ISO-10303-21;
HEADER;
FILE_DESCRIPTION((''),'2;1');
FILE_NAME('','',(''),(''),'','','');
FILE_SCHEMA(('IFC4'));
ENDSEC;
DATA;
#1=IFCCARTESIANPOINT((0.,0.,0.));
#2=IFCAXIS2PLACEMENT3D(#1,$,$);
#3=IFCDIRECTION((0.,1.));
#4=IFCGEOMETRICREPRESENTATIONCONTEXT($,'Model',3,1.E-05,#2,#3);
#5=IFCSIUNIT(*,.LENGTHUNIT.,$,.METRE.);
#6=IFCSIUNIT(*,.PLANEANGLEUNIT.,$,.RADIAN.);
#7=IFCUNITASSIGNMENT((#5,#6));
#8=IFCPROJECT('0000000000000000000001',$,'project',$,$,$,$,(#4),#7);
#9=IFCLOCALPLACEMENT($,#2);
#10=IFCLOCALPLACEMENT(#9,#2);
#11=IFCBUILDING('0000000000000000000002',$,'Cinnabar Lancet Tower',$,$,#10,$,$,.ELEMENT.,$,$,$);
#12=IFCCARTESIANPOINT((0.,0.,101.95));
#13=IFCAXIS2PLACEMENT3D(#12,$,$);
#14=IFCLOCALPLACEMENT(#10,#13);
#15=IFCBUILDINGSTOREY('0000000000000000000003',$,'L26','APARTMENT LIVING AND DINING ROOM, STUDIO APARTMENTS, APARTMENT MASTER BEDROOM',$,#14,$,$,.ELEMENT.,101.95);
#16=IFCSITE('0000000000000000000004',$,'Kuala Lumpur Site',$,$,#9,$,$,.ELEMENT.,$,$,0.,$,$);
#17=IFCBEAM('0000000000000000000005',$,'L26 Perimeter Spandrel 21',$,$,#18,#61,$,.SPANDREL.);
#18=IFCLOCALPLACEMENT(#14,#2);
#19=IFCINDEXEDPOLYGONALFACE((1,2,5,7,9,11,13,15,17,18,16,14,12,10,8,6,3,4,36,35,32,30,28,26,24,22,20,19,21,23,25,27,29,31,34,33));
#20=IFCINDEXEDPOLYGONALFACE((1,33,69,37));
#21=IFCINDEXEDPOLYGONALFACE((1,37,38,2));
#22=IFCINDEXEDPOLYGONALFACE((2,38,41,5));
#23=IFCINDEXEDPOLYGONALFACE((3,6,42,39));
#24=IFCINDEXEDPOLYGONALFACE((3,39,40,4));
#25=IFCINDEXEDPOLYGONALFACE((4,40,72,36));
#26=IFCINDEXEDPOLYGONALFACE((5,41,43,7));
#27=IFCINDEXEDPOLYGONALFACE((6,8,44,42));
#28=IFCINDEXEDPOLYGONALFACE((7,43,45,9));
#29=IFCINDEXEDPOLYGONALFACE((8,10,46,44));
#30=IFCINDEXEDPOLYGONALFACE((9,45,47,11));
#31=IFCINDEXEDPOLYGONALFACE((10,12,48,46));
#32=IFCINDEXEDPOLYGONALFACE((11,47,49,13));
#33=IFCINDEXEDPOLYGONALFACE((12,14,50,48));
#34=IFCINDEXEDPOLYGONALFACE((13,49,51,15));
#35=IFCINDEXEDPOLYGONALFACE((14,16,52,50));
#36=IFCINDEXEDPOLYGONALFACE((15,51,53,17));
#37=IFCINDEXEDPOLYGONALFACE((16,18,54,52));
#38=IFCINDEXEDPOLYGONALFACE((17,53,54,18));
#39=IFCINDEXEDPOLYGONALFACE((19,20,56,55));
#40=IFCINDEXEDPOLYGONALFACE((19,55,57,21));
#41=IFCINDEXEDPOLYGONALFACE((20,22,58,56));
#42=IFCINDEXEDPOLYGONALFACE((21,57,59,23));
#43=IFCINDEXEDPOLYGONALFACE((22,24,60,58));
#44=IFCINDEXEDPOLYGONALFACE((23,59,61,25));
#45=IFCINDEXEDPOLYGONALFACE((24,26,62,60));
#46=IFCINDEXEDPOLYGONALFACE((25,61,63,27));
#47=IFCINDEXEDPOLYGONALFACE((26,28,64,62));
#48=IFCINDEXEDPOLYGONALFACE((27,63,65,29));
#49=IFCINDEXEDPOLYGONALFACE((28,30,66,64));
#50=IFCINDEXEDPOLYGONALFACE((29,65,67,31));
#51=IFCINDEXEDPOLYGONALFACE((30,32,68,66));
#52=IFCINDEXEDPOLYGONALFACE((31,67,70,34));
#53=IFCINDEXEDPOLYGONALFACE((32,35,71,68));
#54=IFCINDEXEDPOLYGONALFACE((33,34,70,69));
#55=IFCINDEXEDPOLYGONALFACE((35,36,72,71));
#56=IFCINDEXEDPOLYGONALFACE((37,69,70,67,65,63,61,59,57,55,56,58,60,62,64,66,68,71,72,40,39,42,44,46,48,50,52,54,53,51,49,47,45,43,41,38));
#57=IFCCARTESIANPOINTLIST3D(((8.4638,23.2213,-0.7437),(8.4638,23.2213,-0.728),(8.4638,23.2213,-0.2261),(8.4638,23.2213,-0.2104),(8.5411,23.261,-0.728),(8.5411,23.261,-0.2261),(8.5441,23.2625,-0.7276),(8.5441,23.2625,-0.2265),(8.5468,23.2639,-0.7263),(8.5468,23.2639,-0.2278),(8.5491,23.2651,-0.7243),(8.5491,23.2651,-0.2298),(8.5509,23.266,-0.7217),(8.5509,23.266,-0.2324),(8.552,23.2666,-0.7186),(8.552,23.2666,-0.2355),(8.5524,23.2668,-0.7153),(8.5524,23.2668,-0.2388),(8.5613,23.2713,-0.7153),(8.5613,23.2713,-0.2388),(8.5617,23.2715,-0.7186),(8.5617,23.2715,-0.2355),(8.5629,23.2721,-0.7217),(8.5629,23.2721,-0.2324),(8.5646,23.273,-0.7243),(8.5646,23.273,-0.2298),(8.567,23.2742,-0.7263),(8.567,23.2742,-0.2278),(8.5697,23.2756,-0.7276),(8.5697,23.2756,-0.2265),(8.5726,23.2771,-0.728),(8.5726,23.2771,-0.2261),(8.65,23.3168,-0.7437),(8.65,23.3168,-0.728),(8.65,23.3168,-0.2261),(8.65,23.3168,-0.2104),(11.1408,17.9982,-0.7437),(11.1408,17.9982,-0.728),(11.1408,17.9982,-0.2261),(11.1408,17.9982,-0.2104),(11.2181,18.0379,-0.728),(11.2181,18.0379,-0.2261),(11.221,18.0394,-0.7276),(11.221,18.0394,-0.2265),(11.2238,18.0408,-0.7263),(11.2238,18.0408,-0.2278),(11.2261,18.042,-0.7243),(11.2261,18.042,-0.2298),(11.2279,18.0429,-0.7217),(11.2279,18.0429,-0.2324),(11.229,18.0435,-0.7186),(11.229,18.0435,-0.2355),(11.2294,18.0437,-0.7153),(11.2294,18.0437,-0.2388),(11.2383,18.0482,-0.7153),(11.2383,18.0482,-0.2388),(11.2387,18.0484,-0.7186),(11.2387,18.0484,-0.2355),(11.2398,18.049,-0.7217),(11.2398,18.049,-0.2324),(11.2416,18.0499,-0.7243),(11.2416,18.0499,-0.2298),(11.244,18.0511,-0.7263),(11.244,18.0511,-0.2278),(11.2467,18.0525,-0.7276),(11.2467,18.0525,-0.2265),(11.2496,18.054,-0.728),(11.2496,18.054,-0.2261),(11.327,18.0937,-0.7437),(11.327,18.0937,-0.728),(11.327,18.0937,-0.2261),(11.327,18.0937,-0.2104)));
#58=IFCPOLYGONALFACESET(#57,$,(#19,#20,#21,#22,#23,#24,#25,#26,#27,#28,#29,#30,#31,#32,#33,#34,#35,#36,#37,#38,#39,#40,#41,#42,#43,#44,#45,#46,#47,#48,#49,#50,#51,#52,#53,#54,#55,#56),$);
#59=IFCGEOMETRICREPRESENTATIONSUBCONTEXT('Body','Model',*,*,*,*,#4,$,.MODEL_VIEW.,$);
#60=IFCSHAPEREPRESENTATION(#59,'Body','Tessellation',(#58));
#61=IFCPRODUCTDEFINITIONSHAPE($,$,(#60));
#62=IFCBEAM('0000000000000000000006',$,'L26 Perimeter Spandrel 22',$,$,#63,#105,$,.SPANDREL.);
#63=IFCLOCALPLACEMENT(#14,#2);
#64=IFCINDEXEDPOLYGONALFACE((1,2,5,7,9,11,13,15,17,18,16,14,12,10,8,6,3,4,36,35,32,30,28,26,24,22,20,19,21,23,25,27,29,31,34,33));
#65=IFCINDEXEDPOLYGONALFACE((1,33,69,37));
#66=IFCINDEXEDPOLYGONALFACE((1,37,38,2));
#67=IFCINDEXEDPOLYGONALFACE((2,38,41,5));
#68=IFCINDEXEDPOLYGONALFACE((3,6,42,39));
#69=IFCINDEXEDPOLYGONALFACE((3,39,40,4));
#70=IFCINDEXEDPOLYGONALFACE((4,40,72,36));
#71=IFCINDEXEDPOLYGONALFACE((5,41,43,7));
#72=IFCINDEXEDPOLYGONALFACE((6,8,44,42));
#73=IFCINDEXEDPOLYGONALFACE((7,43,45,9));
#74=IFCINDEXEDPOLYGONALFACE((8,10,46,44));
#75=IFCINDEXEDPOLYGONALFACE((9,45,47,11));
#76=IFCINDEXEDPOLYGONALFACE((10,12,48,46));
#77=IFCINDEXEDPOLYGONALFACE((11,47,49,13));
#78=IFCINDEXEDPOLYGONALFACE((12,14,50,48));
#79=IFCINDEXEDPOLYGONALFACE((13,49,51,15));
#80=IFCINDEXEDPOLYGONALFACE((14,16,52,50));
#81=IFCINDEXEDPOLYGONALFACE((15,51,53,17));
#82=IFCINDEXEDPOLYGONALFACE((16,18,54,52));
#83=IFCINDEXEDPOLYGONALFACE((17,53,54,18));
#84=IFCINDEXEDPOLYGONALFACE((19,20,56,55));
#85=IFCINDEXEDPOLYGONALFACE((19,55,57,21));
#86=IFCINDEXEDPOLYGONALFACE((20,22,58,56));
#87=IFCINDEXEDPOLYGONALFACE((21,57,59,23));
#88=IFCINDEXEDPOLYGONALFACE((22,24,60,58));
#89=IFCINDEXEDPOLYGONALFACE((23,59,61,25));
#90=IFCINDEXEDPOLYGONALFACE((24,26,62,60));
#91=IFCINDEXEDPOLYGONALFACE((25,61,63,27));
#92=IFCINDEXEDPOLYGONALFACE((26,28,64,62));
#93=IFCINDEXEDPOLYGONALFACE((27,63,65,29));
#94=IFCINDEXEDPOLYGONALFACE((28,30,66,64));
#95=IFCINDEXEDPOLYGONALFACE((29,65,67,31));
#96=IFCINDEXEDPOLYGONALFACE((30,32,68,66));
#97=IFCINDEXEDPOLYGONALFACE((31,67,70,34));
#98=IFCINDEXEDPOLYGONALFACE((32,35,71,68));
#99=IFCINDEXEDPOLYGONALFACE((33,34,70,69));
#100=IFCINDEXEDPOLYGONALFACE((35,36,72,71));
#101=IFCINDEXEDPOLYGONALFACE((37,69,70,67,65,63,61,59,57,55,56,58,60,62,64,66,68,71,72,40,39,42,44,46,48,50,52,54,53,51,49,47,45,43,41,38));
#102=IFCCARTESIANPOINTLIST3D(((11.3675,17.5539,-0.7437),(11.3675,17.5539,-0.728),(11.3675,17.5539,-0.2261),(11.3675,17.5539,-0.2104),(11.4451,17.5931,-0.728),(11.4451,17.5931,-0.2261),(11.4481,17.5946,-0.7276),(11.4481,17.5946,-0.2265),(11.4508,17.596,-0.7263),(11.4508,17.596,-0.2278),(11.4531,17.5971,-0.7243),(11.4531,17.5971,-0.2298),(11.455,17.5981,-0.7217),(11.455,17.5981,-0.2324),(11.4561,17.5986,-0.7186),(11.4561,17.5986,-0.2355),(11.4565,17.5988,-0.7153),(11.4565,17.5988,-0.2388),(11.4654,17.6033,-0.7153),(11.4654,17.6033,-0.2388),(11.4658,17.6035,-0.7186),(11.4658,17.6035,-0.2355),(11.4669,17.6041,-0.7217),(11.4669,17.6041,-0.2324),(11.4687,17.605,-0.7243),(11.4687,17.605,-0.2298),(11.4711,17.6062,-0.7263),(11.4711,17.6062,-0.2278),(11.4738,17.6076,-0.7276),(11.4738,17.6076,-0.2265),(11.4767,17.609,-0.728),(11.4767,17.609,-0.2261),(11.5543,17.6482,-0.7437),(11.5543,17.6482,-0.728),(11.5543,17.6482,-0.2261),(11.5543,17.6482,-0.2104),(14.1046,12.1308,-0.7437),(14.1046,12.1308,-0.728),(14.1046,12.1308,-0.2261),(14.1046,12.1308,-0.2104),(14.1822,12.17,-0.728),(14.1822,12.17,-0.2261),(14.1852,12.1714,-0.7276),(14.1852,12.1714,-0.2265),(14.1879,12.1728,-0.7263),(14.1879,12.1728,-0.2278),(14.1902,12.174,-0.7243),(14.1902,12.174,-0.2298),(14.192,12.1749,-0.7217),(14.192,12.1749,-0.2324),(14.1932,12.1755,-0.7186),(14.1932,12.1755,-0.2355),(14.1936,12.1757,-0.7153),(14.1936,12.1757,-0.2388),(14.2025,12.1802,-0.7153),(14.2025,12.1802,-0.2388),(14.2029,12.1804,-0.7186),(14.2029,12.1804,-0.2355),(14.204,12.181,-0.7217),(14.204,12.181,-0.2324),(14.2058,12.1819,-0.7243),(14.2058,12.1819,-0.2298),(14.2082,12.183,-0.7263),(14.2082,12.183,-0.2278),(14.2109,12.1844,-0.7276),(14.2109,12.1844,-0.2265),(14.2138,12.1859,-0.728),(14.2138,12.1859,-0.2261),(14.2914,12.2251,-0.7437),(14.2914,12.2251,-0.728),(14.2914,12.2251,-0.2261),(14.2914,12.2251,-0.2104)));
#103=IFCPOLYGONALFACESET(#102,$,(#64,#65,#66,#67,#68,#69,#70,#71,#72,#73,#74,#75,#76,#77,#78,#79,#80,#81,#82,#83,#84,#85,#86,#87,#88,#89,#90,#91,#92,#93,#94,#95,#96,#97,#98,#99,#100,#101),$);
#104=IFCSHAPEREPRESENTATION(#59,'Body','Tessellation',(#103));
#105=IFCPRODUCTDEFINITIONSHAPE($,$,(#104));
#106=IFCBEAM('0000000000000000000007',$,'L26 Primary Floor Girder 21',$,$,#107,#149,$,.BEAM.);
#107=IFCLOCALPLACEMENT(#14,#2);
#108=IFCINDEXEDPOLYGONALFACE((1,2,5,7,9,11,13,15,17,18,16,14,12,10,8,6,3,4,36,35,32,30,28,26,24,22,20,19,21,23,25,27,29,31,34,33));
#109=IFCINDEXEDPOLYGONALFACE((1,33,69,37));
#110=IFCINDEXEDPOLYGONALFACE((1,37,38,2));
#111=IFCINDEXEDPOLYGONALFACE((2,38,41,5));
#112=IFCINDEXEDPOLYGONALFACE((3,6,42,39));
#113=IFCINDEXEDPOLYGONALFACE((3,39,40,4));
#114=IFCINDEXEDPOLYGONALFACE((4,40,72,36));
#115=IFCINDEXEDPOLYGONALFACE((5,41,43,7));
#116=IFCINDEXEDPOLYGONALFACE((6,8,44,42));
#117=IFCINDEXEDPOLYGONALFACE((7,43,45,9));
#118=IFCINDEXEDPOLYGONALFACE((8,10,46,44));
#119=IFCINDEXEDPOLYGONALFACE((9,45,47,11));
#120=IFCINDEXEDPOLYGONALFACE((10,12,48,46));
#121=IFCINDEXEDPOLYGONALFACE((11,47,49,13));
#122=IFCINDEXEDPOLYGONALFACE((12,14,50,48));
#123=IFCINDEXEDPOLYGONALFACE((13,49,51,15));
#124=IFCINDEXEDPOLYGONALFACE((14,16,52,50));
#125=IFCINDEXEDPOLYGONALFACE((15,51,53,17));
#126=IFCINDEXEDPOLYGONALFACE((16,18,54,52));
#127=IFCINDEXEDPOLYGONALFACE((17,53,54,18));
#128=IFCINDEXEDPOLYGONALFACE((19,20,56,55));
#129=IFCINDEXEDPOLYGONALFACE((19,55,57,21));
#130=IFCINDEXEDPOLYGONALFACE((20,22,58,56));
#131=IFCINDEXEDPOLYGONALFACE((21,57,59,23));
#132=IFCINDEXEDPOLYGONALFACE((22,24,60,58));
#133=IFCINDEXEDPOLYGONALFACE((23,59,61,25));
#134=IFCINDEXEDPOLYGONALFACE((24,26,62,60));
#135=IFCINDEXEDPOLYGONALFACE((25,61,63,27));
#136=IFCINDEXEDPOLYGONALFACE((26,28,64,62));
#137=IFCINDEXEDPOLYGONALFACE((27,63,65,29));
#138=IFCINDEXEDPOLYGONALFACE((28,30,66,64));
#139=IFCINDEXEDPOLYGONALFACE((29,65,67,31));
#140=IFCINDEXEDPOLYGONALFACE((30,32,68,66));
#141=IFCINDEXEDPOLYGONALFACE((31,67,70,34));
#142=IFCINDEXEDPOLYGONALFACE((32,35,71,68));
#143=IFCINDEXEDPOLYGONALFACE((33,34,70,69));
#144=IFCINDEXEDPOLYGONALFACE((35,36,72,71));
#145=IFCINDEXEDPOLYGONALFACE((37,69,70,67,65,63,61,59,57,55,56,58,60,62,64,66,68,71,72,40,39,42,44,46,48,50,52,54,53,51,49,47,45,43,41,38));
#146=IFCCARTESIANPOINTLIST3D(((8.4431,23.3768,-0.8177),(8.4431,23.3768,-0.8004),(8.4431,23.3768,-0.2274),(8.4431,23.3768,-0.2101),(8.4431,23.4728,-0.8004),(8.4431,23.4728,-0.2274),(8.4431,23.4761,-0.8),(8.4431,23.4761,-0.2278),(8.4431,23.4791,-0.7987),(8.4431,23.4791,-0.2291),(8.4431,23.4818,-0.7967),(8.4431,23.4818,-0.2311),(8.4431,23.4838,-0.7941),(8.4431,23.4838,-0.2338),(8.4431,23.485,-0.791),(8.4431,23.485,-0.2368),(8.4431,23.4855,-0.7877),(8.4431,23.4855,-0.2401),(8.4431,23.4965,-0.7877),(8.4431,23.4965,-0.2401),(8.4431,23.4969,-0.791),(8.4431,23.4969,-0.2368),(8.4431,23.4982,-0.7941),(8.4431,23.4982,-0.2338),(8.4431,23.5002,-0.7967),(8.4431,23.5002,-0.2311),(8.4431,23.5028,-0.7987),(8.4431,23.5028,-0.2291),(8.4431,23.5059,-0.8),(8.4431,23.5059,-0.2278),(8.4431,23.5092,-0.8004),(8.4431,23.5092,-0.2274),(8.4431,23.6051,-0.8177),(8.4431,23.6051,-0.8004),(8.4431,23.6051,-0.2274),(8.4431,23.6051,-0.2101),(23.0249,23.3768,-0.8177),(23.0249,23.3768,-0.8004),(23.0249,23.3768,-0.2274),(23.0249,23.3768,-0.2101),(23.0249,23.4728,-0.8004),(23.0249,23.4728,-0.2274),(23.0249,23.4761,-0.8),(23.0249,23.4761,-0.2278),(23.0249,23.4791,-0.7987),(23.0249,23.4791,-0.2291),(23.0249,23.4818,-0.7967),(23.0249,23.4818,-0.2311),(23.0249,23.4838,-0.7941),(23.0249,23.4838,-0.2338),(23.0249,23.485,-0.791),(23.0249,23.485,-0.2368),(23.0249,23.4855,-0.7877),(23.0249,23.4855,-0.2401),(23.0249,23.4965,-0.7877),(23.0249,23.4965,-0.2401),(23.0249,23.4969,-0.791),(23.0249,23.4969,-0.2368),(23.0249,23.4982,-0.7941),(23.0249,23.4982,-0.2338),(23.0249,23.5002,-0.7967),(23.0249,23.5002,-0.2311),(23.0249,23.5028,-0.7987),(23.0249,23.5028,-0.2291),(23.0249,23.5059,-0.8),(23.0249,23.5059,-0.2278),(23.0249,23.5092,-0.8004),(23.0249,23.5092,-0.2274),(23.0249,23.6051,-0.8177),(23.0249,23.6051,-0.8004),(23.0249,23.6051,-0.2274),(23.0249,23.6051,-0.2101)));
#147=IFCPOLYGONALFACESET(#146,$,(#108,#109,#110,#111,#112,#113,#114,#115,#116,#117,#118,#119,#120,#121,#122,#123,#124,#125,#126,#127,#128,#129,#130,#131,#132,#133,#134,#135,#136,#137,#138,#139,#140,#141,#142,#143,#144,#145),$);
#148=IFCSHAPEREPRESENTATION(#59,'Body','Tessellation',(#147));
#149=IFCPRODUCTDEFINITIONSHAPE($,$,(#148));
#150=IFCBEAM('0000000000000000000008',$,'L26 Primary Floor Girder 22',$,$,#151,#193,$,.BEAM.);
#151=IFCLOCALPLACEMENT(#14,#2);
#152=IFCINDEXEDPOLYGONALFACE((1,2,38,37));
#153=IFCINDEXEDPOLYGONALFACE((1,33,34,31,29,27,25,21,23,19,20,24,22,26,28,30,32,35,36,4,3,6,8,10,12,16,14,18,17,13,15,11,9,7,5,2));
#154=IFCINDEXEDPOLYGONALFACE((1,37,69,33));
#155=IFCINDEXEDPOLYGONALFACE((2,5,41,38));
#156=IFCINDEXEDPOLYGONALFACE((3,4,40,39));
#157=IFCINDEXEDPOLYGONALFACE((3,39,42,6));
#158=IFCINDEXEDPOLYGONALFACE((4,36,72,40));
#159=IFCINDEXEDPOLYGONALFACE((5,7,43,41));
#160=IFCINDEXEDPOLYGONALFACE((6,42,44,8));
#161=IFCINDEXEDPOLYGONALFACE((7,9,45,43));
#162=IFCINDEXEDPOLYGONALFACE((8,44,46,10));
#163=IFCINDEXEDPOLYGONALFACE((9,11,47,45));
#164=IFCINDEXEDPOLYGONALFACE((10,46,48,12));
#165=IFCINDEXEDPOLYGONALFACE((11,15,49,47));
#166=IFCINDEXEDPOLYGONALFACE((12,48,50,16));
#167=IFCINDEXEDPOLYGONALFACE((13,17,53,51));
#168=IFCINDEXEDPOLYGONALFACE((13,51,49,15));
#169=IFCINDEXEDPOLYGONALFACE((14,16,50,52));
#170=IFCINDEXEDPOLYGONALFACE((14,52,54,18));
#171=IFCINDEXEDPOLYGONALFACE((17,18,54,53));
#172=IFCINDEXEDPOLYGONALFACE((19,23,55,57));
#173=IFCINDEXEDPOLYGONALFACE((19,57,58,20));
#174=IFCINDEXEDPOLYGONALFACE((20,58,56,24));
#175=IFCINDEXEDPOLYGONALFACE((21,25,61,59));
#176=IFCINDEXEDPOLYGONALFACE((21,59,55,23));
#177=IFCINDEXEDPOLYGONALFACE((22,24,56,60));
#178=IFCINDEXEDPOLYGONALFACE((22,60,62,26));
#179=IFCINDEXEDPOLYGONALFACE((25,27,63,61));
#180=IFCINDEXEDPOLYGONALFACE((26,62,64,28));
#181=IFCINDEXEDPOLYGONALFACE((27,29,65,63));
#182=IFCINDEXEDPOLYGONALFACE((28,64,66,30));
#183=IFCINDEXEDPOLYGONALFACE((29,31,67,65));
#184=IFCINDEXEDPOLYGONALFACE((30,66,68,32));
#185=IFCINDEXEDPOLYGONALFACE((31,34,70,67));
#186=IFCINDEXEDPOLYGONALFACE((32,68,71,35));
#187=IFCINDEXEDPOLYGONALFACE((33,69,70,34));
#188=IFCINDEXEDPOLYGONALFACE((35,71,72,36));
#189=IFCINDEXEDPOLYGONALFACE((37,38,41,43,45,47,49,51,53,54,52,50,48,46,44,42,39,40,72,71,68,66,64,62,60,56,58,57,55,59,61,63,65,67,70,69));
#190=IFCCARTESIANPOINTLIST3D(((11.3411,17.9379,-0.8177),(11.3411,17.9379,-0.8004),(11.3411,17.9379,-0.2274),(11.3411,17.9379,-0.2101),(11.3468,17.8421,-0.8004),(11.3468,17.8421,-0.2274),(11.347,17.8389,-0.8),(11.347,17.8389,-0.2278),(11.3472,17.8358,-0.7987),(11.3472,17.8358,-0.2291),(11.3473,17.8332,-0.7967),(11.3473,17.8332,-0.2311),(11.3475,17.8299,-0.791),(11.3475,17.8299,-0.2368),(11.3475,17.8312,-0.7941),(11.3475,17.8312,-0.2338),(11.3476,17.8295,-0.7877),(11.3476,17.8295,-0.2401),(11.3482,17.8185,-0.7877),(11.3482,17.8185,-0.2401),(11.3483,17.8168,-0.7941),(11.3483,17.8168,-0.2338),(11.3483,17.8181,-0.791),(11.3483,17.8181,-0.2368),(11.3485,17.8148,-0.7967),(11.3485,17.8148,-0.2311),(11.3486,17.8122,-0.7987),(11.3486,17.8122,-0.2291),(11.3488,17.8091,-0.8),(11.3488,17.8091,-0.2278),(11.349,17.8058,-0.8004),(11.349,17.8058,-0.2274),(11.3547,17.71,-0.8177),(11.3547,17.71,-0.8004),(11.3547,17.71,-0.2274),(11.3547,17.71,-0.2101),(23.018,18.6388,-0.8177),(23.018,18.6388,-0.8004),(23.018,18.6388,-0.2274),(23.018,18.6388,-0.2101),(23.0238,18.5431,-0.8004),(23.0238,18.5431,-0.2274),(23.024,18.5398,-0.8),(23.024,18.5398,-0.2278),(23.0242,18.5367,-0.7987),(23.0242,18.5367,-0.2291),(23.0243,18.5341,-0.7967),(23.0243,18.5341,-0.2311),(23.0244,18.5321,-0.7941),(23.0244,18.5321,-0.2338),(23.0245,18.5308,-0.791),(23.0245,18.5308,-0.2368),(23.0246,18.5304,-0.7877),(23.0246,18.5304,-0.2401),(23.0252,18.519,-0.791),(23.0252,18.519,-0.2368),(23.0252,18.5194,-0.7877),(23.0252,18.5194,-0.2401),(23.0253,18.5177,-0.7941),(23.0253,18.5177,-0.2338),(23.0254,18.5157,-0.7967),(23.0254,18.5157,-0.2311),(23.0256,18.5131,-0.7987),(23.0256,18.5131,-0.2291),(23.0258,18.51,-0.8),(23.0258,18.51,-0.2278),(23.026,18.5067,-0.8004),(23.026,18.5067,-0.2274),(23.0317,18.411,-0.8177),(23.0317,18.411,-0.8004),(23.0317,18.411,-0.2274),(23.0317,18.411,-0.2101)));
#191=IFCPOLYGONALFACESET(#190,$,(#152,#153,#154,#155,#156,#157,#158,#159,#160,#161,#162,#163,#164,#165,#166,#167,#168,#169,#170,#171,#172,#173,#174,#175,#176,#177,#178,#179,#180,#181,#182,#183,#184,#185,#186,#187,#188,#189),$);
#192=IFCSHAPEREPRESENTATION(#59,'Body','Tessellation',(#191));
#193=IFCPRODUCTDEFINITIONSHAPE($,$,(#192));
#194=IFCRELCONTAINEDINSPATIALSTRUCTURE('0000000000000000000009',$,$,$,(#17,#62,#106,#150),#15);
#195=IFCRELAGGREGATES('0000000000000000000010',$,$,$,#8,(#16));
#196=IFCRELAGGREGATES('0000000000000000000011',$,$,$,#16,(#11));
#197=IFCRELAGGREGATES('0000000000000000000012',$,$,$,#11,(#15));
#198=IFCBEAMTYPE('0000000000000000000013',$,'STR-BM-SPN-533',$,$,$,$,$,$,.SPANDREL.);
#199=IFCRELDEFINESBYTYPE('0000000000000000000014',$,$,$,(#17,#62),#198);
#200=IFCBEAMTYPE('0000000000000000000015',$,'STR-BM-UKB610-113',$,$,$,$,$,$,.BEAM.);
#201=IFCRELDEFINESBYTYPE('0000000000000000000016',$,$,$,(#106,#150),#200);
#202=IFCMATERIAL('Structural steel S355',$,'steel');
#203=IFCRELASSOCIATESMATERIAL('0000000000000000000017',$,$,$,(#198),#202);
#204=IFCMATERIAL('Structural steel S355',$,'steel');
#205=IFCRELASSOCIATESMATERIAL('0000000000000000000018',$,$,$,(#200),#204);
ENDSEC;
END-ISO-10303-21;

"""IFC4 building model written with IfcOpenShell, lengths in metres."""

from ifc_helpers import new_model, si_unit, direction, frame, origin, origin_2d, place, context, subcontext, project, spatial, i_section, extrude, material, material_profile, profile_set, type_object, element, save


model = new_model("IFC4")

# Units and contexts
model_context = context("Model", 3, precision=1e-05, world=origin(), true_north=direction((0.0, 1.0)))
body_context = subcontext(model_context, "Body", "Model", "MODEL_VIEW")
ifc_project = project(units=[si_unit("LENGTHUNIT", "METRE"), si_unit("PLANEANGLEUNIT", "RADIAN")], contexts=[model_context])

# Site, building, storey
site_placement = place(None, origin())
site = spatial("IfcSite", under=ifc_project, at=site_placement, Name="Kuala Lumpur Site", CompositionType="ELEMENT", RefElevation=0.0)
building_placement = place(site_placement, origin())
building = spatial("IfcBuilding", under=site, at=building_placement, Name="Cinnabar Lancet Tower", CompositionType="ELEMENT")
storey_placement = place(building_placement, frame((0.0, 0.0, 101.95)))
storey = spatial("IfcBuildingStorey", under=building, at=storey_placement, Name="L26", Description="APARTMENT LIVING AND DINING ROOM, STUDIO APARTMENTS, APARTMENT MASTER BEDROOM", CompositionType="ELEMENT", Elevation=101.95)

# Beams
ifc_material_1 = material(Name="Structural steel S355", Category="steel")
ifc_material_profile_1 = material_profile(ifc_material_1, i_section(OverallWidth=0.2092, OverallDepth=0.5332, WebThickness=0.01, FlangeThickness=0.0156, FilletRadius=0.0127, at=origin_2d()), Name="UKB 533x210x92")
ifc_profile_set_1 = profile_set([ifc_material_profile_1], Name="Structural steel S355")
beam_type_1 = type_object("IfcBeamType", Name="STR-BM-SPN-533", PredefinedType="SPANDREL", material=ifc_profile_set_1)
beam_1_placement = place(storey_placement, frame((8.5569, 23.269, -0.4771), z_axis=(0.45611, -0.889924, 0.0), x_axis=(0.889924, 0.45611, 0.0)))
element("IfcBeam", 1, at=beam_1_placement, inside=storey, type_object=beam_type_1, Name="L26 Perimeter Spandrel 21", PredefinedType="SPANDREL", context=body_context, shape_type="SweptSolid", body=[
    extrude(i_section(OverallWidth=0.2092, OverallDepth=0.5332, WebThickness=0.01, FlangeThickness=0.0156, FilletRadius=0.0127, at=origin_2d()), origin(), (0.0, 0.0, 1.0), 5.8691),
])
beam_2_placement = place(storey_placement, frame((11.4609, 17.6011, -0.4771), z_axis=(0.45057, -0.892741, 0.0), x_axis=(0.892741, 0.45057, 0.0)))
element("IfcBeam", 2, at=beam_2_placement, inside=storey, type_object=beam_type_1, Name="L26 Perimeter Spandrel 22", PredefinedType="SPANDREL", context=body_context, shape_type="SweptSolid", body=[
    extrude(i_section(OverallWidth=0.2092, OverallDepth=0.5332, WebThickness=0.01, FlangeThickness=0.0156, FilletRadius=0.0127, at=origin_2d()), origin(), (0.0, 0.0, 1.0), 6.0747),
])
ifc_material_2 = material(Name="Structural steel S355", Category="steel")
ifc_material_profile_2 = material_profile(ifc_material_2, i_section(OverallWidth=0.2283, OverallDepth=0.6077, WebThickness=0.011, FlangeThickness=0.0173, FilletRadius=0.0127, at=origin_2d()), Name="UKB 610x229x113")
ifc_profile_set_2 = profile_set([ifc_material_profile_2], Name="Structural steel S355")
beam_type_2 = type_object("IfcBeamType", Name="STR-BM-UKB610-113", PredefinedType="BEAM", material=ifc_profile_set_2)
beam_3_placement = place(storey_placement, frame((8.4431, 23.491, -0.5139), z_axis=(1.0, 0.0, 0.0), x_axis=(0.0, 1.0, 0.0)))
element("IfcBeam", 3, at=beam_3_placement, inside=storey, type_object=beam_type_2, Name="L26 Primary Floor Girder 21", PredefinedType="BEAM", context=body_context, shape_type="SweptSolid", body=[
    extrude(i_section(OverallWidth=0.2283, OverallDepth=0.6077, WebThickness=0.011, FlangeThickness=0.0173, FilletRadius=0.0127, at=origin_2d()), origin(), (0.0, 0.0, 1.0), 14.5818),
])
beam_4_placement = place(storey_placement, frame((11.3479, 17.824, -0.5139), z_axis=(0.998203, 0.059918, 0.0), x_axis=(-0.059918, 0.998203, 0.0)))
element("IfcBeam", 4, at=beam_4_placement, inside=storey, type_object=beam_type_2, Name="L26 Primary Floor Girder 22", PredefinedType="BEAM", context=body_context, shape_type="SweptSolid", body=[
    extrude(i_section(OverallWidth=0.2283, OverallDepth=0.6077, WebThickness=0.011, FlangeThickness=0.0173, FilletRadius=0.0127, at=origin_2d()), origin(), (0.0, 0.0, 1.0), 11.698),
])

save(model, "model.ifc")
